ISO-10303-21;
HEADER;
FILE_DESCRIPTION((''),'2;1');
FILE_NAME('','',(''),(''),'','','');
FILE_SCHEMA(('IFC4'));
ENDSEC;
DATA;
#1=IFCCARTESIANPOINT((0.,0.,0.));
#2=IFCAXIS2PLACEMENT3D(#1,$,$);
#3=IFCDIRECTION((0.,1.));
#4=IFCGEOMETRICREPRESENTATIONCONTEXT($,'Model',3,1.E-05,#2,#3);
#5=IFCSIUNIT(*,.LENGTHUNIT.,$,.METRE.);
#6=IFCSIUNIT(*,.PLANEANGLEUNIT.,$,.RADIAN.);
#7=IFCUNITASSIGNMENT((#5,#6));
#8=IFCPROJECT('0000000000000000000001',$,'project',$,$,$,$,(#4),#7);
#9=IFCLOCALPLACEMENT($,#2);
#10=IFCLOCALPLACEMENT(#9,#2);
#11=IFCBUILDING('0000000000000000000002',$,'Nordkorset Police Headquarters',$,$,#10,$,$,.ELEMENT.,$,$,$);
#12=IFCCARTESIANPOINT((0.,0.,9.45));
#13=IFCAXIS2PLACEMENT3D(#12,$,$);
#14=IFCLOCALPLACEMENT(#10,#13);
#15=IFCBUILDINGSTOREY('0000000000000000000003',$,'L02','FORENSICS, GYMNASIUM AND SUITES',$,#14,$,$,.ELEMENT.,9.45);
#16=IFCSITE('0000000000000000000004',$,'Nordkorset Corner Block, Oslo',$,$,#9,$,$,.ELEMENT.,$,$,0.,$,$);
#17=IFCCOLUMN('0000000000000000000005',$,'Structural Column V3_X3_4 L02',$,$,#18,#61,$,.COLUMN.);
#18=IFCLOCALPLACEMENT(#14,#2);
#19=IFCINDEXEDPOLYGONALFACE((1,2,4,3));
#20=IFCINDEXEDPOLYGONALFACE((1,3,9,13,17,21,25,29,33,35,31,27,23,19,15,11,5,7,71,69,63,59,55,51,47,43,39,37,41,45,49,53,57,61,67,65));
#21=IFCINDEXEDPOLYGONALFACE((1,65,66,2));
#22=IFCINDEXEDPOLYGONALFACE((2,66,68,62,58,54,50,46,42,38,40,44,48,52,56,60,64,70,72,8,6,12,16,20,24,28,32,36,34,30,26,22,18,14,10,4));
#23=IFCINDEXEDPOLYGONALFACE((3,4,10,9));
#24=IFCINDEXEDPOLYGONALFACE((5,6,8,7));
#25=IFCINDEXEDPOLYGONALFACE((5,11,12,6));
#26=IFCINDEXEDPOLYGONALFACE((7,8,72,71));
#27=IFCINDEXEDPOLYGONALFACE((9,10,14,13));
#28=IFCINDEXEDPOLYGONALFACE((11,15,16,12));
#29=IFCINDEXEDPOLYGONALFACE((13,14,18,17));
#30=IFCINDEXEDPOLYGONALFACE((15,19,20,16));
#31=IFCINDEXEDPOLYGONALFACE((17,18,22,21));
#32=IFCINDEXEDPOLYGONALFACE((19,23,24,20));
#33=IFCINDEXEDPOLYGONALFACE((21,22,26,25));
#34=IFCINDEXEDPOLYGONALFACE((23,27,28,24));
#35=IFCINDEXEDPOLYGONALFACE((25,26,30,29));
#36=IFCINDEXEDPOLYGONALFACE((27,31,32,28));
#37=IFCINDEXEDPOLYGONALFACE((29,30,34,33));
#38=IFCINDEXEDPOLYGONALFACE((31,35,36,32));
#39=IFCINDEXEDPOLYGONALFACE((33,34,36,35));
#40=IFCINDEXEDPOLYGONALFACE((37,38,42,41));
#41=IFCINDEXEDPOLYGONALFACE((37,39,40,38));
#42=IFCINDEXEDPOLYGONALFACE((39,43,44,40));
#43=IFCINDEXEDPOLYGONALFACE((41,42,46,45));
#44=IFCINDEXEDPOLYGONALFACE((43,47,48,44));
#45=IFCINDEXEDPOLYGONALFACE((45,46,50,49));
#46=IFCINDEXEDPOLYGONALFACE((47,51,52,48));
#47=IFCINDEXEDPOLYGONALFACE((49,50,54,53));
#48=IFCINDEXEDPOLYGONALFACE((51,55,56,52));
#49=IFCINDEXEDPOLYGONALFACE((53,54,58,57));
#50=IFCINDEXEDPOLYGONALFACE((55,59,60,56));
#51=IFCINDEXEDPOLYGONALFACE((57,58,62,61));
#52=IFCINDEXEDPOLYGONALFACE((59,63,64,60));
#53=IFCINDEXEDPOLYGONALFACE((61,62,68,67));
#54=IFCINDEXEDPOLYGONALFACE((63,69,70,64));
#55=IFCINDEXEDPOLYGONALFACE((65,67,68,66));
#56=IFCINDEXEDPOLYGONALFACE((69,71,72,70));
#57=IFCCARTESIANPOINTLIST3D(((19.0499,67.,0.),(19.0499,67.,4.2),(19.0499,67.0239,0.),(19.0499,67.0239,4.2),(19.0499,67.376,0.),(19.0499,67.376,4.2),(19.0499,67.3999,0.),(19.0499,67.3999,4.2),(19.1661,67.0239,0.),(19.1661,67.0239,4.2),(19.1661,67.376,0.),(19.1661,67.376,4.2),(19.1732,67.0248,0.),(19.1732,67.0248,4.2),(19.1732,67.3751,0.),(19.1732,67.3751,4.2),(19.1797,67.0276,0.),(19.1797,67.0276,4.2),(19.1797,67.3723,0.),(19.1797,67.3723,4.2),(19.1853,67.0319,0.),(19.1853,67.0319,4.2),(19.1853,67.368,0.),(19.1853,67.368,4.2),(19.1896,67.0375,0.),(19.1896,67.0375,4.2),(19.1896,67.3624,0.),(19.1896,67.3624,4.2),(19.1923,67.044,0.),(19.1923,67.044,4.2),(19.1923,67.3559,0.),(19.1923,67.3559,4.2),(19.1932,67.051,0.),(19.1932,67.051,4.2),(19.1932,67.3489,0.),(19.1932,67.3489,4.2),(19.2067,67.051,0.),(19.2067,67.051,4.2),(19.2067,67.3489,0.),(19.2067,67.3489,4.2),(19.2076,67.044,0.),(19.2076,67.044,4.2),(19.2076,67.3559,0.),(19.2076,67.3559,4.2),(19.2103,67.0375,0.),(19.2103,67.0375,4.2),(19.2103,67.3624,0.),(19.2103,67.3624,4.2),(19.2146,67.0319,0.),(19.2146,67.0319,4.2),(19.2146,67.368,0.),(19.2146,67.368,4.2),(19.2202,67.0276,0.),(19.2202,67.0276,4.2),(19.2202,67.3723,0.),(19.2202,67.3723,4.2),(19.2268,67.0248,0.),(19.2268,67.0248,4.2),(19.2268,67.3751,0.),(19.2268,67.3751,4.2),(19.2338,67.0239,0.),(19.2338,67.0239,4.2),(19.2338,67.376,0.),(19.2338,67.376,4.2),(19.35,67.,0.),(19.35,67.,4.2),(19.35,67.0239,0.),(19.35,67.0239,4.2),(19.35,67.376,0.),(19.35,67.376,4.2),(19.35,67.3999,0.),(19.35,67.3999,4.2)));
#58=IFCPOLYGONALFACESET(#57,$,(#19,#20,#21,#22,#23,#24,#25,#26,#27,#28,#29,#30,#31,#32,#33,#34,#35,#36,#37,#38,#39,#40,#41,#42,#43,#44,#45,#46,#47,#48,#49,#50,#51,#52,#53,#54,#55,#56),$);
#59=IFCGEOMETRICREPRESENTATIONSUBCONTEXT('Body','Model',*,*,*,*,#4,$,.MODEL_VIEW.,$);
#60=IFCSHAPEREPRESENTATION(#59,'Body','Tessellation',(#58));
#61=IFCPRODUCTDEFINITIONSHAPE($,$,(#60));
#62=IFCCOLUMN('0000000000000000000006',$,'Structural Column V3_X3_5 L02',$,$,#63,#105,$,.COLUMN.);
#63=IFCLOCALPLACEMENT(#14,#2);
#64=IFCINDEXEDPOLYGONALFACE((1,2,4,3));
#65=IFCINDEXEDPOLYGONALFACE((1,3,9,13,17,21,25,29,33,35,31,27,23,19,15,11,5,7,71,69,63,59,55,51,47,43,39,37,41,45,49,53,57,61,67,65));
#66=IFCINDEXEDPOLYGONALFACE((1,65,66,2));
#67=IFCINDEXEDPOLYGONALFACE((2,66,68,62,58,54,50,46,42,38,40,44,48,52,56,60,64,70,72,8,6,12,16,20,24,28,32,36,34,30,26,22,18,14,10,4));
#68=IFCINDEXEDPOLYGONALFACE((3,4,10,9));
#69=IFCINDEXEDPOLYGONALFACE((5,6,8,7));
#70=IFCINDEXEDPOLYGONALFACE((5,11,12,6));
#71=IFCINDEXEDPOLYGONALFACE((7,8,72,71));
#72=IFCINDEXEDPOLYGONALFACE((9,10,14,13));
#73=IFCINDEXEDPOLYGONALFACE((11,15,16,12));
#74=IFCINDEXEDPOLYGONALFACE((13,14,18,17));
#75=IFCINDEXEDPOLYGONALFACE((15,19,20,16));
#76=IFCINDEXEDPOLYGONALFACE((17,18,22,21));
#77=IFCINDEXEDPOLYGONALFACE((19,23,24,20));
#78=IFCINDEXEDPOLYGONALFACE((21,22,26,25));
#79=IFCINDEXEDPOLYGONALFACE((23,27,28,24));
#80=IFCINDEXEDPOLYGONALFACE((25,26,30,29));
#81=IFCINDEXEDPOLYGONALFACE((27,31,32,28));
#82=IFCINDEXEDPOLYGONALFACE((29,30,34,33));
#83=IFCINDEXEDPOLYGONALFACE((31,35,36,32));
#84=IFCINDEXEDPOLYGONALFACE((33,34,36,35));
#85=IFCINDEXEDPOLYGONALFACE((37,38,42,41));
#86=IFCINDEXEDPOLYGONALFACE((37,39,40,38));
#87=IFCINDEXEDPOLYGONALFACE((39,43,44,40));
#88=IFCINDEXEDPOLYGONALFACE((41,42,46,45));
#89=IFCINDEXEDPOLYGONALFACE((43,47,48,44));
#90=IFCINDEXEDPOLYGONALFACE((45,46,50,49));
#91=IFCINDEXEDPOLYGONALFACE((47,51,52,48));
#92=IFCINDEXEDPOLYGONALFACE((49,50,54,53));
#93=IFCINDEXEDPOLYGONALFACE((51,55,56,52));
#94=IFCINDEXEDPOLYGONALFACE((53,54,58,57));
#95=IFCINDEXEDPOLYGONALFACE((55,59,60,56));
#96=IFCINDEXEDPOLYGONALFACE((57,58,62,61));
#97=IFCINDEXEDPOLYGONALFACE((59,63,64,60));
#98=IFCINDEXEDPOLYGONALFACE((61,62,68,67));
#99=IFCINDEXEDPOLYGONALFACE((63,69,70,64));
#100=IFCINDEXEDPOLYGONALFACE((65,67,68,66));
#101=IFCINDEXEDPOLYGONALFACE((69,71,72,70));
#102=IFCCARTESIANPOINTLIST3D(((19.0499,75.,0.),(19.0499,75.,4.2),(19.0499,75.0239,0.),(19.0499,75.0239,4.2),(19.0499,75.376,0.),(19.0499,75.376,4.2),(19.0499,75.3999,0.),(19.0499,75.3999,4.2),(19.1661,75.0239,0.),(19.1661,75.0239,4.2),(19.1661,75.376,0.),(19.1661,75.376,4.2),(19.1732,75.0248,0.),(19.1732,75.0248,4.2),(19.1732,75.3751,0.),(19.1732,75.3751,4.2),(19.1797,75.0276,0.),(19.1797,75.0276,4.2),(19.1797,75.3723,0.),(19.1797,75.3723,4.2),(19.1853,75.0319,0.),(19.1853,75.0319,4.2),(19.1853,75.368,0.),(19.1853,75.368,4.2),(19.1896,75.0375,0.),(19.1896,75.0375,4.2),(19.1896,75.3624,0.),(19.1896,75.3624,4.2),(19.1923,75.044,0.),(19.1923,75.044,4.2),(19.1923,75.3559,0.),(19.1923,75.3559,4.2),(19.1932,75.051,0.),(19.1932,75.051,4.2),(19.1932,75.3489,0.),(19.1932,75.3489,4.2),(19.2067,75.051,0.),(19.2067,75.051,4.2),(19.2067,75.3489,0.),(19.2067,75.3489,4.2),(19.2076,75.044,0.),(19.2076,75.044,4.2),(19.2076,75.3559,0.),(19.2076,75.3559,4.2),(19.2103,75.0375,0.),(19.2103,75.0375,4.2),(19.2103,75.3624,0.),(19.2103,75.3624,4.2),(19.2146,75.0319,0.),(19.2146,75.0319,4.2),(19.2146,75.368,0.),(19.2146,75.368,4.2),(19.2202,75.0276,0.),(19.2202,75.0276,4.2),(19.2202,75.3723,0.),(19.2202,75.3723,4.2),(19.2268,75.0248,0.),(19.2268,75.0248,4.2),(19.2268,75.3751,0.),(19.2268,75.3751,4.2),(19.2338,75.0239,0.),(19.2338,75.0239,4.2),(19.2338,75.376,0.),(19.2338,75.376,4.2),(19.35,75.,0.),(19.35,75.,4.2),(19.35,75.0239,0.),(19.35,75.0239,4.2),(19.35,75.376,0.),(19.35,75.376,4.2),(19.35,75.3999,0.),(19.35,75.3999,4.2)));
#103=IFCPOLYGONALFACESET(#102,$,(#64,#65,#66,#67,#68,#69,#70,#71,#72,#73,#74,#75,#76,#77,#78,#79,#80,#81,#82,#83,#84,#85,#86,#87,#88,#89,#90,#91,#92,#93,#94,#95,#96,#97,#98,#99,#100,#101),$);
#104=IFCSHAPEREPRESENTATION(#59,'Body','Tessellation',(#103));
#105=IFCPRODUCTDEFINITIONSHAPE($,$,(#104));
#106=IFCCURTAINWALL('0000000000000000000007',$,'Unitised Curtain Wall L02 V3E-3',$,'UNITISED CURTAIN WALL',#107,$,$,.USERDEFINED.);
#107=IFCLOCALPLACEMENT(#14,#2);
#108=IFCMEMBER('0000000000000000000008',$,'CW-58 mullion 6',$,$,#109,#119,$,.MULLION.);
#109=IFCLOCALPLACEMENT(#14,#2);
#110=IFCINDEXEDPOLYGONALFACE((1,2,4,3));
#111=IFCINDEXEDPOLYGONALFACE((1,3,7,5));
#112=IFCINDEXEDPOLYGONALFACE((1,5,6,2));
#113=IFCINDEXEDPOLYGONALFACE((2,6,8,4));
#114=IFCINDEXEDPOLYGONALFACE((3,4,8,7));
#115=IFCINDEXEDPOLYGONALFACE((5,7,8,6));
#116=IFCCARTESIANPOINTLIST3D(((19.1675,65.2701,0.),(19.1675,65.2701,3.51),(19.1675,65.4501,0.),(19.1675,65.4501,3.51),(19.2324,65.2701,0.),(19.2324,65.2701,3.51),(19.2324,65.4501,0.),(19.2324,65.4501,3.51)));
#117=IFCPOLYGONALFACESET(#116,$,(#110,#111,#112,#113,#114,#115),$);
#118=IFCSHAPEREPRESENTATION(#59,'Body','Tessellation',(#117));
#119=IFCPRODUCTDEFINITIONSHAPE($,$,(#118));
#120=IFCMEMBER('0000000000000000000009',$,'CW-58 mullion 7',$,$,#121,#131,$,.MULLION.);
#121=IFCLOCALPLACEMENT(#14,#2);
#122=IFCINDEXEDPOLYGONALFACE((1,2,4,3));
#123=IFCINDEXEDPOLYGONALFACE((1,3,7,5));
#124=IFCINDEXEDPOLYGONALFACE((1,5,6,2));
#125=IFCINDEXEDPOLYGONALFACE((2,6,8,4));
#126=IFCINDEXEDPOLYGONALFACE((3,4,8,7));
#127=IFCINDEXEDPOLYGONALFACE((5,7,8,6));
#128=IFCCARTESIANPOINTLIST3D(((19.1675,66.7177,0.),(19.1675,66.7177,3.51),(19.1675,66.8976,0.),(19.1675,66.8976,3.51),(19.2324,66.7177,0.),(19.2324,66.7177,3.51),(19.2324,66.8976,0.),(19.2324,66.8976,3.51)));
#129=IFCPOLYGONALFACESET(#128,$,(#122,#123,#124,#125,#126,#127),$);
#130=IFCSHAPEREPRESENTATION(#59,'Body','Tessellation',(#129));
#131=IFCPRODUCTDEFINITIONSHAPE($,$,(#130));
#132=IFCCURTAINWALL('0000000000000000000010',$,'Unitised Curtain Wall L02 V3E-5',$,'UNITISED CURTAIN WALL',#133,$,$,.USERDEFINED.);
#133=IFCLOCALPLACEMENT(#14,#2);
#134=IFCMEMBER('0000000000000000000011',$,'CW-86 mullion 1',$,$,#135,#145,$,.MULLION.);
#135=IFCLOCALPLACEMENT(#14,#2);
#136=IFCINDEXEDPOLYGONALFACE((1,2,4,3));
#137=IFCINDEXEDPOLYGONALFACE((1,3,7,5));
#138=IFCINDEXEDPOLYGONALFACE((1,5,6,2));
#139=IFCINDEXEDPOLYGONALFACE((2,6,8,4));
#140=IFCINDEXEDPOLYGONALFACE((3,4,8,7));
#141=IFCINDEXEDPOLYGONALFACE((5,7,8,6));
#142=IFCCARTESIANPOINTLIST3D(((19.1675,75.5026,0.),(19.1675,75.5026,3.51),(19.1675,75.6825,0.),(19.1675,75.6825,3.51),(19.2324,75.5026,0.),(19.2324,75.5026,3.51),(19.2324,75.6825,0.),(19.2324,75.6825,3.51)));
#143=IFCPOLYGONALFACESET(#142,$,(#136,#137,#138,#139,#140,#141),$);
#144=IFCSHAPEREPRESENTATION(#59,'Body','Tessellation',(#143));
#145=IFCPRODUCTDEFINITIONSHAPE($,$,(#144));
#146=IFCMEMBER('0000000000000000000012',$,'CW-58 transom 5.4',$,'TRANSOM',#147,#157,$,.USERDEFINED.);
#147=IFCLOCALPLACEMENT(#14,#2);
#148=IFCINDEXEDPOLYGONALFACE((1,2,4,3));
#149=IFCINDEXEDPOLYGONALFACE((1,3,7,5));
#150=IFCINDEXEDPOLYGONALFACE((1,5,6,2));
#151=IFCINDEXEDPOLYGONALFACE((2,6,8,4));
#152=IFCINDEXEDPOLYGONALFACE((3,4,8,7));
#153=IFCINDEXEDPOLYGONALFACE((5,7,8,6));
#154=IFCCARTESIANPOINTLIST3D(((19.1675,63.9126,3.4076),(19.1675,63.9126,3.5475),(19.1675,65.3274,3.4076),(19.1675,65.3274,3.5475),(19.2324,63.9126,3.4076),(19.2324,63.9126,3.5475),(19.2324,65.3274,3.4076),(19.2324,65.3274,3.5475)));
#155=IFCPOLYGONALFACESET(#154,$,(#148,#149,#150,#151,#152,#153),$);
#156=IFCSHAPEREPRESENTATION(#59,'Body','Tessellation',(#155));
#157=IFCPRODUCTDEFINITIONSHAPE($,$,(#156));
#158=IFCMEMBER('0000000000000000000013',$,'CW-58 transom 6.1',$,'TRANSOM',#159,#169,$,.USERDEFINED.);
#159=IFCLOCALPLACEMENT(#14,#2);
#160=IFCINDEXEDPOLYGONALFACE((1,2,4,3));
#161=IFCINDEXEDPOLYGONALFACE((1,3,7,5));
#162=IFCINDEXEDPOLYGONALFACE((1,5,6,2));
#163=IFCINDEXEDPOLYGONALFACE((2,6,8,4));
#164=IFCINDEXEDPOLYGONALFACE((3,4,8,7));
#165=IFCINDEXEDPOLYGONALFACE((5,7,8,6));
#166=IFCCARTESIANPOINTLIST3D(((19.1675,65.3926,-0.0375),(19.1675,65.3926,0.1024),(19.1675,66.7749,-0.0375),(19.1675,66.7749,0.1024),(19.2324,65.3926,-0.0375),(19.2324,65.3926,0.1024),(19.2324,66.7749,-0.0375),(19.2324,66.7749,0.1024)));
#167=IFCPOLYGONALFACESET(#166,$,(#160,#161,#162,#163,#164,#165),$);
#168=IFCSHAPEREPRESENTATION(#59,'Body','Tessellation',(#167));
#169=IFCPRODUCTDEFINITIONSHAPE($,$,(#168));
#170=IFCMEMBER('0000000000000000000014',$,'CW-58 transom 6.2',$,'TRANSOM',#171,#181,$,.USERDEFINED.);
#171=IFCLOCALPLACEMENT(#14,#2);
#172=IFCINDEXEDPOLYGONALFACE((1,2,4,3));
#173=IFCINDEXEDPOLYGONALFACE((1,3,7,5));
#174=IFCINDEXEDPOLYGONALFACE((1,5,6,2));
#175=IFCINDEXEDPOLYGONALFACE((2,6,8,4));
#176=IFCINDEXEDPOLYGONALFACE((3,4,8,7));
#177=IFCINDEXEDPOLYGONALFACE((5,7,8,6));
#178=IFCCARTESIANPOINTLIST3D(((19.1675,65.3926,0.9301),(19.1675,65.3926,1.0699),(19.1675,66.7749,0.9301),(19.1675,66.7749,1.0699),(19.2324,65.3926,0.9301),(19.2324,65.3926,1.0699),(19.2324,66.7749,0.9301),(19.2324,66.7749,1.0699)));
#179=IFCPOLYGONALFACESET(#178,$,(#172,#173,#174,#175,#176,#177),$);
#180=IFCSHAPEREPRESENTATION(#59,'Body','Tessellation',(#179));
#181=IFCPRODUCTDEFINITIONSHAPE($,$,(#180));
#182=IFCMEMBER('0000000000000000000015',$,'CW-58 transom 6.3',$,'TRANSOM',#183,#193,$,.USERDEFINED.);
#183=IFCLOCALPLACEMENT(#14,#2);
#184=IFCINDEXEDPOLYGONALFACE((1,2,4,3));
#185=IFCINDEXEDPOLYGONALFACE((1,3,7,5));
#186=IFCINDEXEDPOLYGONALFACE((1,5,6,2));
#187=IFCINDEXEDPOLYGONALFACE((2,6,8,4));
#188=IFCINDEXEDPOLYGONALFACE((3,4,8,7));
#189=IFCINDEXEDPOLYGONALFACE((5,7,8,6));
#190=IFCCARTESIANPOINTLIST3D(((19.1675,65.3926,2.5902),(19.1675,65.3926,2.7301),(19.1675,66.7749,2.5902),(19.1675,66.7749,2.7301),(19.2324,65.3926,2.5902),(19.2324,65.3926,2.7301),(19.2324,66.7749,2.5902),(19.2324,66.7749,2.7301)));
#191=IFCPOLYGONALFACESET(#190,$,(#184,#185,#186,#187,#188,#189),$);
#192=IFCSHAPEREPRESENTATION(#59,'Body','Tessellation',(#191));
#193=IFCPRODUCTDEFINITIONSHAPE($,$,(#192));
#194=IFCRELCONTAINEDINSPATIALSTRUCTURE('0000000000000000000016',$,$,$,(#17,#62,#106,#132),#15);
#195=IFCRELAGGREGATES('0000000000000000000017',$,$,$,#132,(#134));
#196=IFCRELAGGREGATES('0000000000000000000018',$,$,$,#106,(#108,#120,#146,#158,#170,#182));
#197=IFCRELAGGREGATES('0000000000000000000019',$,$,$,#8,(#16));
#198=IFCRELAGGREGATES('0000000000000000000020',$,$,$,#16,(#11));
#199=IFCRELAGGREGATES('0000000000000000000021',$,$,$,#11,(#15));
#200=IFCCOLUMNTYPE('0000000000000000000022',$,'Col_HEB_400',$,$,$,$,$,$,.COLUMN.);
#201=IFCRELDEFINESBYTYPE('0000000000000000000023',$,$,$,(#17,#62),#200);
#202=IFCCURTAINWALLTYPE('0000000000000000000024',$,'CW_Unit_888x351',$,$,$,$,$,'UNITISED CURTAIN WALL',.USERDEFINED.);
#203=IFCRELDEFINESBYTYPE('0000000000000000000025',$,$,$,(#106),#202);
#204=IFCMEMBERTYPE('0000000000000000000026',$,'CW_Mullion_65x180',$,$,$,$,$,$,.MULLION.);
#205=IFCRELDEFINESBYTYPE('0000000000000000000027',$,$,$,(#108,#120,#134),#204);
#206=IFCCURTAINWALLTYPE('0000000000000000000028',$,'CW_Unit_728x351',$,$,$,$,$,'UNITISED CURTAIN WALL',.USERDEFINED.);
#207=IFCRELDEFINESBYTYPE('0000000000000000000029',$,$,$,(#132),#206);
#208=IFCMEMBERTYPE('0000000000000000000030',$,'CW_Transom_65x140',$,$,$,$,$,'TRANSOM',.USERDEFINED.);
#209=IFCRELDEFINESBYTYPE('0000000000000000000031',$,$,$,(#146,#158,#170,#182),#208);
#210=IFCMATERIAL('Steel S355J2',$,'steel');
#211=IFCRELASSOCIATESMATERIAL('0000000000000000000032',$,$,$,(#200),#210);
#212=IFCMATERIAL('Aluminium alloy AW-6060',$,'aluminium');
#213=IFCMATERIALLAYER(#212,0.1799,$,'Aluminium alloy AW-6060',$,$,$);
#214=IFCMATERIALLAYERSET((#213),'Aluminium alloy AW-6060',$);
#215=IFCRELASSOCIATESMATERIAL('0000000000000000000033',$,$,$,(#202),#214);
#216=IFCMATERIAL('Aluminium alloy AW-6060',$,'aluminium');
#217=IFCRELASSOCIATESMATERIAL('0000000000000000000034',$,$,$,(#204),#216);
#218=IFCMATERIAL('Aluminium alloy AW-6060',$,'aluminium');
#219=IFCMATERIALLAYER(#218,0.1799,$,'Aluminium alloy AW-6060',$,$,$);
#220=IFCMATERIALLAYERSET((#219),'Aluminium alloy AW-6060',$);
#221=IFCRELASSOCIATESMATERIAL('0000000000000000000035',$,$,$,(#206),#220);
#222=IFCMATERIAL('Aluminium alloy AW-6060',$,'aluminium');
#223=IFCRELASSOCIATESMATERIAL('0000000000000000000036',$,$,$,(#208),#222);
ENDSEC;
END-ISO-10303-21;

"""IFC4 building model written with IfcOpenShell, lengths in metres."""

from ifc_helpers import new_model, si_unit, direction, frame, origin, origin_2d, place, context, subcontext, project, spatial, rectangle, i_section, extrude, material, layer, layer_set, material_profile, profile_set, type_object, element, aggregate, save


model = new_model("IFC4")

# Units and contexts
model_context = context("Model", 3, precision=1e-05, world=origin(), true_north=direction((0.0, 1.0)))
body_context = subcontext(model_context, "Body", "Model", "MODEL_VIEW")
ifc_project = project(units=[si_unit("LENGTHUNIT", "METRE"), si_unit("PLANEANGLEUNIT", "RADIAN")], contexts=[model_context])

# Site, building, storey
site_placement = place(None, origin())
site = spatial("IfcSite", under=ifc_project, at=site_placement, Name="Nordkorset Corner Block, Oslo", CompositionType="ELEMENT", RefElevation=0.0)
building_placement = place(site_placement, origin())
building = spatial("IfcBuilding", under=site, at=building_placement, Name="Nordkorset Police Headquarters", CompositionType="ELEMENT")
storey_placement = place(building_placement, frame((0.0, 0.0, 9.45)))
storey = spatial("IfcBuildingStorey", under=building, at=storey_placement, Name="L02", Description="FORENSICS, GYMNASIUM AND SUITES", CompositionType="ELEMENT", Elevation=9.45)

# Columns
ifc_material_1 = material(Name="Steel S355J2", Category="steel")
ifc_material_profile_1 = material_profile(ifc_material_1, i_section(OverallWidth=0.3, OverallDepth=0.3999, WebThickness=0.0134, FlangeThickness=0.0239, FilletRadius=0.0271, at=origin_2d()), Name="HEB 400")
ifc_profile_set_1 = profile_set([ifc_material_profile_1], Name="Steel S355J2")
column_type = type_object("IfcColumnType", Name="Col_HEB_400", PredefinedType="COLUMN", material=ifc_profile_set_1)
for number, where, z_axis, x_axis, name in (
    (1, (19.2, 67.2, 0.0), (0.0, 0.0, 1.0), (1.0, 0.0, 0.0), "Structural Column V3_X3_4 L02"),
    (2, (19.2, 75.2, 0.0), (0.0, 0.0, 1.0), (1.0, 0.0, 0.0), "Structural Column V3_X3_5 L02"),
):
    element("IfcColumn", number, at=place(storey_placement, frame(where, z_axis=z_axis, x_axis=x_axis)), inside=storey, type_object=column_type, Name=name, PredefinedType="COLUMN", context=body_context, shape_type="SweptSolid", body=[
        extrude(i_section(OverallWidth=0.3, OverallDepth=0.3999, WebThickness=0.0134, FlangeThickness=0.0239, FilletRadius=0.0271, at=origin_2d()), origin(), (0.0, 0.0, 1.0), 4.2),
    ])

# Curtain wall, members
ifc_material_2 = material(Name="Aluminium alloy AW-6060", Category="aluminium")
ifc_layer_1 = layer(ifc_material_2, 0.1799, Name="Aluminium alloy AW-6060")
ifc_layer_set_1 = layer_set([ifc_layer_1], Name="Aluminium alloy AW-6060")
curtain_wall_type_1 = type_object("IfcCurtainWallType", Name="CW_Unit_888x351", ElementType="UNITISED CURTAIN WALL", PredefinedType="USERDEFINED", material=ifc_layer_set_1)
curtain_wall_1_placement = place(storey_placement, origin())
curtain_wall_1 = element("IfcCurtainWall", 3, at=curtain_wall_1_placement, inside=storey, type_object=curtain_wall_type_1, Name="Unitised Curtain Wall L02 V3E-3", ObjectType="UNITISED CURTAIN WALL", PredefinedType="USERDEFINED")
ifc_material_3 = material(Name="Aluminium alloy AW-6060", Category="aluminium")
ifc_material_profile_2 = material_profile(ifc_material_3, rectangle(XDim=0.0649, YDim=0.1799, at=origin_2d()), Name="ALU MULL 65x180")
ifc_profile_set_2 = profile_set([ifc_material_profile_2], Name="Aluminium alloy AW-6060")
member_type_1 = type_object("IfcMemberType", Name="CW_Mullion_65x180", PredefinedType="MULLION", material=ifc_profile_set_2)
member_1_placement = place(storey_placement, frame((19.2, 65.3601, 0.0), z_axis=(0.0, 0.0, 1.0), x_axis=(-1.0, 0.0, 0.0)))
member_1 = element("IfcMember", 4, at=member_1_placement, type_object=member_type_1, Name="CW-58 mullion 6", PredefinedType="MULLION", context=body_context, shape_type="SweptSolid", body=[
    extrude(rectangle(XDim=0.0649, YDim=0.1799, at=origin_2d()), origin(), (0.0, 0.0, 1.0), 3.51),
])
member_2_placement = place(storey_placement, frame((19.2, 66.8076, 0.0), z_axis=(0.0, 0.0, 1.0), x_axis=(-1.0, 0.0, 0.0)))
member_2 = element("IfcMember", 5, at=member_2_placement, type_object=member_type_1, Name="CW-58 mullion 7", PredefinedType="MULLION", context=body_context, shape_type="SweptSolid", body=[
    extrude(rectangle(XDim=0.0649, YDim=0.1799, at=origin_2d()), origin(), (0.0, 0.0, 1.0), 3.51),
])

# Curtain wall, member
ifc_material_4 = material(Name="Aluminium alloy AW-6060", Category="aluminium")
ifc_layer_2 = layer(ifc_material_4, 0.1799, Name="Aluminium alloy AW-6060")
ifc_layer_set_2 = layer_set([ifc_layer_2], Name="Aluminium alloy AW-6060")
curtain_wall_type_2 = type_object("IfcCurtainWallType", Name="CW_Unit_728x351", ElementType="UNITISED CURTAIN WALL", PredefinedType="USERDEFINED", material=ifc_layer_set_2)
curtain_wall_2_placement = place(storey_placement, origin())
curtain_wall_2 = element("IfcCurtainWall", 6, at=curtain_wall_2_placement, inside=storey, type_object=curtain_wall_type_2, Name="Unitised Curtain Wall L02 V3E-5", ObjectType="UNITISED CURTAIN WALL", PredefinedType="USERDEFINED")
member_3_placement = place(storey_placement, frame((19.2, 75.5925, 0.0), z_axis=(0.0, 0.0, 1.0), x_axis=(-1.0, 0.0, 0.0)))
member_3 = element("IfcMember", 7, at=member_3_placement, type_object=member_type_1, Name="CW-86 mullion 1", PredefinedType="MULLION", context=body_context, shape_type="SweptSolid", body=[
    extrude(rectangle(XDim=0.0649, YDim=0.1799, at=origin_2d()), origin(), (0.0, 0.0, 1.0), 3.51),
])

# Members
ifc_material_5 = material(Name="Aluminium alloy AW-6060", Category="aluminium")
ifc_material_profile_3 = material_profile(ifc_material_5, rectangle(XDim=0.0649, YDim=0.1399, at=origin_2d()), Name="ALU TRAN 65x140")
ifc_profile_set_3 = profile_set([ifc_material_profile_3], Name="Aluminium alloy AW-6060")
member_type_2 = type_object("IfcMemberType", Name="CW_Transom_65x140", ElementType="TRANSOM", PredefinedType="USERDEFINED", material=ifc_profile_set_3)
member_4_placement = place(storey_placement, frame((19.2, 63.9126, 3.4775), z_axis=(0.0, 1.0, 0.0), x_axis=(-1.0, 0.0, 0.0)))
member_4 = element("IfcMember", 8, at=member_4_placement, type_object=member_type_2, Name="CW-58 transom 5.4", ObjectType="TRANSOM", PredefinedType="USERDEFINED", context=body_context, shape_type="SweptSolid", body=[
    extrude(rectangle(XDim=0.0649, YDim=0.1399, at=origin_2d()), origin(), (0.0, 0.0, 1.0), 1.4148),
])
member_5_placement = place(storey_placement, frame((19.2, 65.3926, 0.0325), z_axis=(0.0, 1.0, 0.0), x_axis=(-1.0, 0.0, 0.0)))
member_5 = element("IfcMember", 9, at=member_5_placement, type_object=member_type_2, Name="CW-58 transom 6.1", ObjectType="TRANSOM", PredefinedType="USERDEFINED", context=body_context, shape_type="SweptSolid", body=[
    extrude(rectangle(XDim=0.0649, YDim=0.1399, at=origin_2d()), origin(), (0.0, 0.0, 1.0), 1.3823),
])
member_6_placement = place(storey_placement, frame((19.2, 65.3926, 1.0), z_axis=(0.0, 1.0, 0.0), x_axis=(-1.0, 0.0, 0.0)))
member_6 = element("IfcMember", 10, at=member_6_placement, type_object=member_type_2, Name="CW-58 transom 6.2", ObjectType="TRANSOM", PredefinedType="USERDEFINED", context=body_context, shape_type="SweptSolid", body=[
    extrude(rectangle(XDim=0.0649, YDim=0.1399, at=origin_2d()), origin(), (0.0, 0.0, 1.0), 1.3823),
])
member_7_placement = place(storey_placement, frame((19.2, 65.3926, 2.6602), z_axis=(0.0, 1.0, 0.0), x_axis=(-1.0, 0.0, 0.0)))
member_7 = element("IfcMember", 11, at=member_7_placement, type_object=member_type_2, Name="CW-58 transom 6.3", ObjectType="TRANSOM", PredefinedType="USERDEFINED", context=body_context, shape_type="SweptSolid", body=[
    extrude(rectangle(XDim=0.0649, YDim=0.1399, at=origin_2d()), origin(), (0.0, 0.0, 1.0), 1.3823),
])
aggregate(curtain_wall_2, [member_3])

aggregate(curtain_wall_1, [member_1, member_2, member_4, member_5, member_6, member_7])

save(model, "model.ifc")
